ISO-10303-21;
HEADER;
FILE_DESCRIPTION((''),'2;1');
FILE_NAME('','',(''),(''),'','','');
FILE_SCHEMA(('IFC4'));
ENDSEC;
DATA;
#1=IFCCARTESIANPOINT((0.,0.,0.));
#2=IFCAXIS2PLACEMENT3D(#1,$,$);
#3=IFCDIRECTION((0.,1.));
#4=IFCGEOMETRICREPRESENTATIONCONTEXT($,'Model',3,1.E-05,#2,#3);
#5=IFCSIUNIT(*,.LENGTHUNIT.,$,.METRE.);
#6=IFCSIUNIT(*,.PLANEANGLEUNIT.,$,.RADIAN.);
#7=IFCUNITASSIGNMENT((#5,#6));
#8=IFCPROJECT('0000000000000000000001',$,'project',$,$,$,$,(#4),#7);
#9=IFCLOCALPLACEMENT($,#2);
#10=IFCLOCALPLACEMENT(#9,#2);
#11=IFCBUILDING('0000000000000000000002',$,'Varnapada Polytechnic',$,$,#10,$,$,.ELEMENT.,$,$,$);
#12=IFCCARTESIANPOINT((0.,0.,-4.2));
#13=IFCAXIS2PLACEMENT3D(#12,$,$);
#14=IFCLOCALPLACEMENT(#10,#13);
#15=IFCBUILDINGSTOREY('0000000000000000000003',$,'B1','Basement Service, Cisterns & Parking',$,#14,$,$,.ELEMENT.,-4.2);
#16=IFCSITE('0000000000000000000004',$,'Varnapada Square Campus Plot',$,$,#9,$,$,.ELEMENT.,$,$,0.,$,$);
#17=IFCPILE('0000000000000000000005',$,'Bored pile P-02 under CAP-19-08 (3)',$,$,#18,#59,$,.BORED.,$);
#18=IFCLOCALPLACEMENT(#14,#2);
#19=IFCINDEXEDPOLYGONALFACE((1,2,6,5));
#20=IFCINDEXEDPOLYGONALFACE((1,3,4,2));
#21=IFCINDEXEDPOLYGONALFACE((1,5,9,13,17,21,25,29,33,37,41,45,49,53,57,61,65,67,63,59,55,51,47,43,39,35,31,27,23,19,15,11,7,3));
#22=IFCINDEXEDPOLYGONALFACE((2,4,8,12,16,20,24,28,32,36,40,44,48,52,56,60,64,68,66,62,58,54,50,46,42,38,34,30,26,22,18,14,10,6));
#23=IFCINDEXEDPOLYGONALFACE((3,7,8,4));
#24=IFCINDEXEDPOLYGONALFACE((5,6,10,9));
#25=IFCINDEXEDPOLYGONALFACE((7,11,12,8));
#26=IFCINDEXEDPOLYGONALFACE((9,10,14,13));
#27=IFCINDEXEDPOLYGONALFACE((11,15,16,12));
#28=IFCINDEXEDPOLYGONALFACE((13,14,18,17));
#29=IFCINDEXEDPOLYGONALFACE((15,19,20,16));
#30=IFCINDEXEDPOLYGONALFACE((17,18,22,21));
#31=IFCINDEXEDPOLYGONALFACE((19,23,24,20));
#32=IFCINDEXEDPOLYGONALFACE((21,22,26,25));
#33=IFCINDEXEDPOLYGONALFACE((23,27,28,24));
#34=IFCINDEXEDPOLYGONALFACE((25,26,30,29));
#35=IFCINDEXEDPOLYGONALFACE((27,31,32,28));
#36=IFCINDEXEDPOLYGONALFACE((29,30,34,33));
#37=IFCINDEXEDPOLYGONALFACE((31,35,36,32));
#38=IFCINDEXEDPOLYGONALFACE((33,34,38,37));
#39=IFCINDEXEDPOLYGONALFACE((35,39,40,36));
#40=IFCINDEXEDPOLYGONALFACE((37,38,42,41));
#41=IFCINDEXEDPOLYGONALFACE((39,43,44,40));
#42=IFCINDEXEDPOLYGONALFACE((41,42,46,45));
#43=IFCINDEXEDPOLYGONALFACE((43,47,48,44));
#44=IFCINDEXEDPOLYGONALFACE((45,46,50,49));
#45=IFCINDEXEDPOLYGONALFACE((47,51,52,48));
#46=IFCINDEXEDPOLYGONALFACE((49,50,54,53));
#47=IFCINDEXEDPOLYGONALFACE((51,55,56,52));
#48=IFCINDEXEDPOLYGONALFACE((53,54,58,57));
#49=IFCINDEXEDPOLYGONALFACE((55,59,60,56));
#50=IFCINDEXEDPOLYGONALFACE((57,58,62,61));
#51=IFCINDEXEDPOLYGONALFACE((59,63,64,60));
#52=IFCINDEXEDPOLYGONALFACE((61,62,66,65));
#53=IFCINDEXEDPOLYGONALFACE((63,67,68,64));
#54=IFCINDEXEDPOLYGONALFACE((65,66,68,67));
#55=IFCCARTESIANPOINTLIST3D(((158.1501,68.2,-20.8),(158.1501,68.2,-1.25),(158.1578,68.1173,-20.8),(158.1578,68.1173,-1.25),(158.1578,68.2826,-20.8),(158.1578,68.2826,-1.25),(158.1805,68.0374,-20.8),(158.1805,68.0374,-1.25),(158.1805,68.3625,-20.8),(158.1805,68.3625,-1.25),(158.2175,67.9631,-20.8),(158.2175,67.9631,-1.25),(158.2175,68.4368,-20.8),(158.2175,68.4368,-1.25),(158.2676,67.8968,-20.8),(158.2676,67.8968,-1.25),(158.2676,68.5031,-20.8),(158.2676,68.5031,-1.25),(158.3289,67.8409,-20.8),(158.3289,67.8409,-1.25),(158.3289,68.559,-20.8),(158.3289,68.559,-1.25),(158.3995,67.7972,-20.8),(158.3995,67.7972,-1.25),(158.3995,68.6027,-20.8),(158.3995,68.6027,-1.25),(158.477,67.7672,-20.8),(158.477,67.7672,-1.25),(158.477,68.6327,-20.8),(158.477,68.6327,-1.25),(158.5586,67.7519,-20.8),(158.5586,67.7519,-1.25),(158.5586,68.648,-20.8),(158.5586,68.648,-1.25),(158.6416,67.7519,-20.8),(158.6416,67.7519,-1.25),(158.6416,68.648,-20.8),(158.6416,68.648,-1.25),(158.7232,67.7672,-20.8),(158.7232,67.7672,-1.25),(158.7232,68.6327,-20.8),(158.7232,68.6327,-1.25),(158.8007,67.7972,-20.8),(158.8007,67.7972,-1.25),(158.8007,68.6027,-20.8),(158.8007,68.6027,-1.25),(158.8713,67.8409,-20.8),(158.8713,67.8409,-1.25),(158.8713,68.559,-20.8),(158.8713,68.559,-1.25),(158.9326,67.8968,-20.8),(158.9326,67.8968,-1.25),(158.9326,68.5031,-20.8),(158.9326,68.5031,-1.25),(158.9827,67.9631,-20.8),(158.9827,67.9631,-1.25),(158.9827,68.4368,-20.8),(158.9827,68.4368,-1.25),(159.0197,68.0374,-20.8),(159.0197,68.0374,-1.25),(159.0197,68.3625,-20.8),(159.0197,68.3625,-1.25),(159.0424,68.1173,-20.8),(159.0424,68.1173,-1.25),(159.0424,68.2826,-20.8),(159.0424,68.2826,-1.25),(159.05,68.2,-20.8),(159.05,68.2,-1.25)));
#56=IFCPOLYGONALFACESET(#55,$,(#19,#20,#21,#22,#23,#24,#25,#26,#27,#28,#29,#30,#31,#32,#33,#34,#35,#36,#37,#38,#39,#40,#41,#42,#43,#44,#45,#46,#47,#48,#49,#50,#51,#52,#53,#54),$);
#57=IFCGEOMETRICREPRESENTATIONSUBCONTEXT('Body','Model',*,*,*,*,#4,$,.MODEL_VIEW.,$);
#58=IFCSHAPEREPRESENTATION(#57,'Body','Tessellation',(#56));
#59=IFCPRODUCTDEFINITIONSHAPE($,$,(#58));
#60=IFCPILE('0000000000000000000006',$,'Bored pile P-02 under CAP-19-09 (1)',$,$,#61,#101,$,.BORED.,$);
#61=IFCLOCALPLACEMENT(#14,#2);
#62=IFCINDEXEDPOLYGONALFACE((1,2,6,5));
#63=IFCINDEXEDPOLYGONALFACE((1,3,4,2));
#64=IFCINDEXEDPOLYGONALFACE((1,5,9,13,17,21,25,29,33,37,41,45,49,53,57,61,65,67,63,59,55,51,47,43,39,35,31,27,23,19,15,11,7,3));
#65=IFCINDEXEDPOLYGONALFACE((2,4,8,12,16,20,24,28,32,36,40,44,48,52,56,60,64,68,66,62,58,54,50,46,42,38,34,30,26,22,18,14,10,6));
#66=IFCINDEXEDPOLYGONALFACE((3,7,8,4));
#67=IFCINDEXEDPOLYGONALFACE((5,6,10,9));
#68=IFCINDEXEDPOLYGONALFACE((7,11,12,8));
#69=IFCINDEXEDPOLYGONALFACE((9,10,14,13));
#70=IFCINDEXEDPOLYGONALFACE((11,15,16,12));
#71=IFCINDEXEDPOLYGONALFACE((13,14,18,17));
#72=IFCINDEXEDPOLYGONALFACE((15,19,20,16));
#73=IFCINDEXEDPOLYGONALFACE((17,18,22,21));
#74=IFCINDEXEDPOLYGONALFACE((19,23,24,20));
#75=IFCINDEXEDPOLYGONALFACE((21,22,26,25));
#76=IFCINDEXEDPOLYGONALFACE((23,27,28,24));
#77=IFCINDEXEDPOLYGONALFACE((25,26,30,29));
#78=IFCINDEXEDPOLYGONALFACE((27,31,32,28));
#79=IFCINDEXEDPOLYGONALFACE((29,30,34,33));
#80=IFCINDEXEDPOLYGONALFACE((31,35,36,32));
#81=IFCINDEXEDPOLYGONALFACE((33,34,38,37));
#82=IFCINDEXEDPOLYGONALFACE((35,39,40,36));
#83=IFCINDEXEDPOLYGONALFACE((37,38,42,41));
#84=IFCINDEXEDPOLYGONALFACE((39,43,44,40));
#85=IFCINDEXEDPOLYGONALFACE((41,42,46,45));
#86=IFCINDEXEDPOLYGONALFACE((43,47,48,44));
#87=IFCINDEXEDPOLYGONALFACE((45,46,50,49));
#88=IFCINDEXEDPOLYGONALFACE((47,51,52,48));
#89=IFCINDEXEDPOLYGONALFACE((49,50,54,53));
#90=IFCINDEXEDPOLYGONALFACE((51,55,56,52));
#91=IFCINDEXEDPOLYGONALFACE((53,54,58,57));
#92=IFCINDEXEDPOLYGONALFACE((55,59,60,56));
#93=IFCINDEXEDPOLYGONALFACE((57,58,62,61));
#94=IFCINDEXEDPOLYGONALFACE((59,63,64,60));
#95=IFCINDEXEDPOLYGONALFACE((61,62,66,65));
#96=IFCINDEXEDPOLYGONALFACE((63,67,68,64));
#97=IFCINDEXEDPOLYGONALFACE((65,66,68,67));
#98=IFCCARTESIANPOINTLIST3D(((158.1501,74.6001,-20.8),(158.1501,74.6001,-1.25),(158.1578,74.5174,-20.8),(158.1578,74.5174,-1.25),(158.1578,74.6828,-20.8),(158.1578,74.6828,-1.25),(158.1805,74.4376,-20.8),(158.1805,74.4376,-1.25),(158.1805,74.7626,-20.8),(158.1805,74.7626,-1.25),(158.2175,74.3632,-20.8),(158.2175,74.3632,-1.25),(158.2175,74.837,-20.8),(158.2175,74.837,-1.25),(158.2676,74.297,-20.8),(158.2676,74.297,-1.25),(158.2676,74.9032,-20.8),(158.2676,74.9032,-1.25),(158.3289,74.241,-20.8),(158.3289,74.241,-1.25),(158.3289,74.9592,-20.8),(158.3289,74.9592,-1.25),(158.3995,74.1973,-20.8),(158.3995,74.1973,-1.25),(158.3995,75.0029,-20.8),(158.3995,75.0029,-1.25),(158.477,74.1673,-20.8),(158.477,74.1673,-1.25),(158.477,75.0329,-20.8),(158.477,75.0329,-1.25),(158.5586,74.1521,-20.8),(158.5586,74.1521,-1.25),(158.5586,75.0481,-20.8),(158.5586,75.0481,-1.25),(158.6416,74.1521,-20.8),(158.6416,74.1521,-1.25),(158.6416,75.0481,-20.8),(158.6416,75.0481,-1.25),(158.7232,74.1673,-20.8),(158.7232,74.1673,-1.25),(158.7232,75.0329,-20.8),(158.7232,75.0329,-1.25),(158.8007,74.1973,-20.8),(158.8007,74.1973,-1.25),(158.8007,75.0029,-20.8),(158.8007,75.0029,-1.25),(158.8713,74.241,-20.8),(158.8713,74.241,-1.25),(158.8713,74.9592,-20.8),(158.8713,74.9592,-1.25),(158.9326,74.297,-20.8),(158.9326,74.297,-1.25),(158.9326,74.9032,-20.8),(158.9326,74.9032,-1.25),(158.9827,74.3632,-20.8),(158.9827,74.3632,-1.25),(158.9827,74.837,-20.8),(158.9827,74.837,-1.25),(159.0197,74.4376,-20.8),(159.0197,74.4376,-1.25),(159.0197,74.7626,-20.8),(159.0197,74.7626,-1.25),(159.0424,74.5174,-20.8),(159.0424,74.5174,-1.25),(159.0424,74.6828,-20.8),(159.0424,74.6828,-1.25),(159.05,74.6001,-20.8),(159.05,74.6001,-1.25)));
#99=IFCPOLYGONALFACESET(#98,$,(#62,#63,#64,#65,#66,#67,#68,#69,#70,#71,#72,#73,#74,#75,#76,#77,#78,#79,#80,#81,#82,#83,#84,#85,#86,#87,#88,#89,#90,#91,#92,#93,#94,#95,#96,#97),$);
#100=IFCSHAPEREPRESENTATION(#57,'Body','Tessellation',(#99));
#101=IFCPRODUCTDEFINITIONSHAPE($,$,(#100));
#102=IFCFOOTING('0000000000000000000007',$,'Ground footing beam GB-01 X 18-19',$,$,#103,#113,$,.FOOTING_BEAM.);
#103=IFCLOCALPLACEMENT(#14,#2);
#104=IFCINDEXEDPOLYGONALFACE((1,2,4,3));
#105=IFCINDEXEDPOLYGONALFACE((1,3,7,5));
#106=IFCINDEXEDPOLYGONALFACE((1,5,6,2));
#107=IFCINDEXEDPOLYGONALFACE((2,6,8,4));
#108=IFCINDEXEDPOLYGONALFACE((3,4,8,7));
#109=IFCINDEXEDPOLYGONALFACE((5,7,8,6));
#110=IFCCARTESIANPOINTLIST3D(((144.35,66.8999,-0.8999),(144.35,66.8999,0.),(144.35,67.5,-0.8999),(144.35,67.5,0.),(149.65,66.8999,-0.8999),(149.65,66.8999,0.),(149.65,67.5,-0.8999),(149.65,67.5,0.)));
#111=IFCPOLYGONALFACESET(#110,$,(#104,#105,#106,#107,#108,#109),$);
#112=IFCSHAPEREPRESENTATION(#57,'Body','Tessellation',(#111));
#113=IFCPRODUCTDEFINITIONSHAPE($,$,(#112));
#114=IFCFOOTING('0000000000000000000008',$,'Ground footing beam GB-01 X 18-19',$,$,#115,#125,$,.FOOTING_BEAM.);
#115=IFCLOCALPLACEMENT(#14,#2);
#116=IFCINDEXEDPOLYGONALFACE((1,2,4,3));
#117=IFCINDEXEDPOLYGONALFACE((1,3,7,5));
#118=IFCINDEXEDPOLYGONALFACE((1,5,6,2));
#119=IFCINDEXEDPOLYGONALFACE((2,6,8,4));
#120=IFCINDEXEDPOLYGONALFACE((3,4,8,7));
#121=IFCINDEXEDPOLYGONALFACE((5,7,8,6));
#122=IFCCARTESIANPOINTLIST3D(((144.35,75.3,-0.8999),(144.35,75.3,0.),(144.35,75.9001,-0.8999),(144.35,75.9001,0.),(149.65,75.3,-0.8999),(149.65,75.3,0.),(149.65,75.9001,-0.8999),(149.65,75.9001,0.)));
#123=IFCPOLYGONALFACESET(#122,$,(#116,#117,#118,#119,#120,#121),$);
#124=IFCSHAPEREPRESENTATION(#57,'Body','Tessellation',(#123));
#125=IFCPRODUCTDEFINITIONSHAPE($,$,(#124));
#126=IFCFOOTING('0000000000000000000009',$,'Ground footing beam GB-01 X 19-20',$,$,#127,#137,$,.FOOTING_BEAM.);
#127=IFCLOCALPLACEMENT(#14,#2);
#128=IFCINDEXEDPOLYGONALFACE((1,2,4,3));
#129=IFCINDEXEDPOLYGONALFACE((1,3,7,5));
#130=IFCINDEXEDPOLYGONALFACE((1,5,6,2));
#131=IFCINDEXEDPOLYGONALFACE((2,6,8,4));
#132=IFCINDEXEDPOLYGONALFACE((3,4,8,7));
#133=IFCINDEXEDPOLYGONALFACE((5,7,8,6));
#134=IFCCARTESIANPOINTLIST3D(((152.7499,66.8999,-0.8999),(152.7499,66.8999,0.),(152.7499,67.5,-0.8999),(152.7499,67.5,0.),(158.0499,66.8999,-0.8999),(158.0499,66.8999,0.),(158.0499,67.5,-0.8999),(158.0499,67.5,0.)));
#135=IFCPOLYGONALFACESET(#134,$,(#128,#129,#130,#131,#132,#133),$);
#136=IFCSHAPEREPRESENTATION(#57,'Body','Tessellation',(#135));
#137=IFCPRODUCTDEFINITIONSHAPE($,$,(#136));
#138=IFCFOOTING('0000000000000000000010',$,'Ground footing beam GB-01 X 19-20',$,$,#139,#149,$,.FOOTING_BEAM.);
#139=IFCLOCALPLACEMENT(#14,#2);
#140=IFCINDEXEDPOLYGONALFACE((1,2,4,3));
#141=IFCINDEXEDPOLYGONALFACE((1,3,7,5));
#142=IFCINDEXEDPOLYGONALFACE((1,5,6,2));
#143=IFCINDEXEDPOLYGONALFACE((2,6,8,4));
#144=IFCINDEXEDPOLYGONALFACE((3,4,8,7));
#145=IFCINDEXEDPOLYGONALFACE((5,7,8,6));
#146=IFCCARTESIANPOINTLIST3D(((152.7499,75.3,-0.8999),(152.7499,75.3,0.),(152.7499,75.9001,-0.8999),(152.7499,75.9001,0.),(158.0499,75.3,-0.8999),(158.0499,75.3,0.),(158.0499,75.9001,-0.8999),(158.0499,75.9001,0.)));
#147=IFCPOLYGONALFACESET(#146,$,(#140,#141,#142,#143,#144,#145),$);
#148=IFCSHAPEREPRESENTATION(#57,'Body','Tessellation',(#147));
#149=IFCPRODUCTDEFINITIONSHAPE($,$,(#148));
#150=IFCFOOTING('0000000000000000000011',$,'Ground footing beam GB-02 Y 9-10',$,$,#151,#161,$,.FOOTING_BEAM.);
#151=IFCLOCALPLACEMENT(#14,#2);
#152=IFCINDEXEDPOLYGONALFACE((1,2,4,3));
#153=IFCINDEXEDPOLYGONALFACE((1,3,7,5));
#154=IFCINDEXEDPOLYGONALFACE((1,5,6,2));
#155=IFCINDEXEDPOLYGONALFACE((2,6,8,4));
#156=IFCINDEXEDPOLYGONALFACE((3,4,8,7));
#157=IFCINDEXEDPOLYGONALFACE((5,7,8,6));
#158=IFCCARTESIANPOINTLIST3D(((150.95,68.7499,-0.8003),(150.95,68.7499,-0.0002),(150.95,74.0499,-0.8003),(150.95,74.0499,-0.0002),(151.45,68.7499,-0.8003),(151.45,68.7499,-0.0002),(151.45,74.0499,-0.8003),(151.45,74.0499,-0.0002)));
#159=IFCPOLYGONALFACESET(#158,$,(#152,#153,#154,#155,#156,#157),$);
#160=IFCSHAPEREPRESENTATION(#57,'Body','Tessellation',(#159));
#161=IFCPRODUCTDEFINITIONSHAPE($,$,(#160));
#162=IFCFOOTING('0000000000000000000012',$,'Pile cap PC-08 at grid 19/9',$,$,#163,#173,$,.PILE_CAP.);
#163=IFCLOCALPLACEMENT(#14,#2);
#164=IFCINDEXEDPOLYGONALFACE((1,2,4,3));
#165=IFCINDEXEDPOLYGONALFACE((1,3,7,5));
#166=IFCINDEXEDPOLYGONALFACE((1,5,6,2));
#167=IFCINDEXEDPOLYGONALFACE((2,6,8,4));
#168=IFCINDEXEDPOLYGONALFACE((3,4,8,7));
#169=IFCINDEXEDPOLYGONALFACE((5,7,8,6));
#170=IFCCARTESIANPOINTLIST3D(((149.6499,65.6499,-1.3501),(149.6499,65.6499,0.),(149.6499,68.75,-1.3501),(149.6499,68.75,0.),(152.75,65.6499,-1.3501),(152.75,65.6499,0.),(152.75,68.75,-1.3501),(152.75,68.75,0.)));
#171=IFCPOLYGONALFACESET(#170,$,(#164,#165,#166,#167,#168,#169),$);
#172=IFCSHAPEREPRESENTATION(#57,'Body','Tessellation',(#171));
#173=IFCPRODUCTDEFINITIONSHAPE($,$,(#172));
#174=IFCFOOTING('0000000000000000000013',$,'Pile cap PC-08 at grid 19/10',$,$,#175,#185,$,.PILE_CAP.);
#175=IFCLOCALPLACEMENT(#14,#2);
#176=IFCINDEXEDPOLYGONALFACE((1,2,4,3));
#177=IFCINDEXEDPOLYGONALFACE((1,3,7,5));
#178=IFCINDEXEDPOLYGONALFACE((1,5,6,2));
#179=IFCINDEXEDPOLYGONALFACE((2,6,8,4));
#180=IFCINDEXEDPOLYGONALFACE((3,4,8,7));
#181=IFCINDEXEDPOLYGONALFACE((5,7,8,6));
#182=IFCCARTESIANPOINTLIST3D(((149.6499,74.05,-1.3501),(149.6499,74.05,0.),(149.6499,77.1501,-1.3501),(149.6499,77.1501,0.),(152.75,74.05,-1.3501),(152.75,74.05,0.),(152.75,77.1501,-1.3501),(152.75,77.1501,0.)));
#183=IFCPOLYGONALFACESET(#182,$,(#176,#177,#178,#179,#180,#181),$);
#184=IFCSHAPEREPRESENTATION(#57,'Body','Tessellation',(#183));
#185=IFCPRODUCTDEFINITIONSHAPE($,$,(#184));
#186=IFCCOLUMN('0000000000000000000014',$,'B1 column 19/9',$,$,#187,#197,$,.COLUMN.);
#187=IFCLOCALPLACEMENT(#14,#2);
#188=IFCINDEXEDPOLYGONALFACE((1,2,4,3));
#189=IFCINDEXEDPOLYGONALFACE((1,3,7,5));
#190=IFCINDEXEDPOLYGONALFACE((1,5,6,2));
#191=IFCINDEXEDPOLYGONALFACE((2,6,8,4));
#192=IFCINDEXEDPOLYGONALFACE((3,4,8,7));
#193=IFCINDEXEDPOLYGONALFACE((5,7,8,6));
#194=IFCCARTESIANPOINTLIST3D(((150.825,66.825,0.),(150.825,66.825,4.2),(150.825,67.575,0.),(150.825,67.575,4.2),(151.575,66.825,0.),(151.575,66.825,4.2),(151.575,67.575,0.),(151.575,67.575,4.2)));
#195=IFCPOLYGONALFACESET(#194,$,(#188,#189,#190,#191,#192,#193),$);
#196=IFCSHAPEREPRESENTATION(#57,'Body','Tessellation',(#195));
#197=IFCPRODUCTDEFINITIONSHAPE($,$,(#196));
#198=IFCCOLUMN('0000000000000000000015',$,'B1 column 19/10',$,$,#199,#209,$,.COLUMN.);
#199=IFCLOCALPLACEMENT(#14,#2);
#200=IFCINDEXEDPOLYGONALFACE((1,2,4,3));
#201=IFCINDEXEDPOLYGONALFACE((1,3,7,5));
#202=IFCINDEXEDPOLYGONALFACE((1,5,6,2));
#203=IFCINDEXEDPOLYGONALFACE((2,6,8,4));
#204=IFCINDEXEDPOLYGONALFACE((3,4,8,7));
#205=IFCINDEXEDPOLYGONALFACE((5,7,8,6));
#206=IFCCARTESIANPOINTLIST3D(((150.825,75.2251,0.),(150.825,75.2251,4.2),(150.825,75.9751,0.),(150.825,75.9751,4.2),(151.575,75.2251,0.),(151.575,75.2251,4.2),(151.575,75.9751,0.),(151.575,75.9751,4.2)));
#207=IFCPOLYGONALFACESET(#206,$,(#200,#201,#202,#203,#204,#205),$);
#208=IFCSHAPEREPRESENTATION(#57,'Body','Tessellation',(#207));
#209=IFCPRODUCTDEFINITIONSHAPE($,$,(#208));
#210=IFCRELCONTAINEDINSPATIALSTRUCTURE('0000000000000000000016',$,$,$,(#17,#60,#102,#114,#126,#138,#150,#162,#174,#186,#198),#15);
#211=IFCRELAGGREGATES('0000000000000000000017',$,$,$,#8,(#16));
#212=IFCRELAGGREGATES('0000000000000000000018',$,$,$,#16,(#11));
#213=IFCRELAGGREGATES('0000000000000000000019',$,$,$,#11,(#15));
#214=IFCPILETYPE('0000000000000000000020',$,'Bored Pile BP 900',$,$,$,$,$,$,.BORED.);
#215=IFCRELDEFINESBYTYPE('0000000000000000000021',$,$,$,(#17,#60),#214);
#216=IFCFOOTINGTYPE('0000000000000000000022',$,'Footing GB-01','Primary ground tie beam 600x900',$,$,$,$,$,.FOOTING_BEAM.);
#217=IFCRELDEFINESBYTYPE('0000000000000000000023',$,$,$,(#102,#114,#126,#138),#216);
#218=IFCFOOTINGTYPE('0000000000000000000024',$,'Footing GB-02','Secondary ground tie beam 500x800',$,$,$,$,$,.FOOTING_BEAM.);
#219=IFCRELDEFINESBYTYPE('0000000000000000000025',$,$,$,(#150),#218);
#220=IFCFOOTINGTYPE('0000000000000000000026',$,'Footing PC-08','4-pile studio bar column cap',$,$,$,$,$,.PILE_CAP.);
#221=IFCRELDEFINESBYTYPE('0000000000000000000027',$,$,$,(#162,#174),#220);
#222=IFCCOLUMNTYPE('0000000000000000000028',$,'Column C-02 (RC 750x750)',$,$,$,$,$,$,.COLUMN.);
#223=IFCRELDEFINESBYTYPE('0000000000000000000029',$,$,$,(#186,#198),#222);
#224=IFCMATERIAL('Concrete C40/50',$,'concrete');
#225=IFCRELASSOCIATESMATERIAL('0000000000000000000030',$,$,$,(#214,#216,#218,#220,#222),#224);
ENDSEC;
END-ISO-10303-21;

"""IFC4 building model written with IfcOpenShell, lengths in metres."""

from ifc_helpers import new_model, si_unit, direction, frame, origin, origin_2d, place, context, subcontext, project, spatial, rectangle, circle, extrude, material, material_profile, profile_set, type_object, element, save


model = new_model("IFC4")

# Units and contexts
model_context = context("Model", 3, precision=1e-05, world=origin(), true_north=direction((0.0, 1.0)))
body_context = subcontext(model_context, "Body", "Model", "MODEL_VIEW")
ifc_project = project(units=[si_unit("LENGTHUNIT", "METRE"), si_unit("PLANEANGLEUNIT", "RADIAN")], contexts=[model_context])

# Site, building, storey
site_placement = place(None, origin())
site = spatial("IfcSite", under=ifc_project, at=site_placement, Name="Varnapada Square Campus Plot", CompositionType="ELEMENT", RefElevation=0.0)
building_placement = place(site_placement, origin())
building = spatial("IfcBuilding", under=site, at=building_placement, Name="Varnapada Polytechnic", CompositionType="ELEMENT")
storey_placement = place(building_placement, frame((0.0, 0.0, -4.2)))
storey = spatial("IfcBuildingStorey", under=building, at=storey_placement, Name="B1", Description="Basement Service, Cisterns & Parking", CompositionType="ELEMENT", Elevation=-4.2)

# Piles
ifc_material_1 = material(Name="Concrete C40/50", Category="concrete")
ifc_material_profile_1 = material_profile(ifc_material_1, circle(Radius=0.45, at=origin_2d()), Name="BP 900")
ifc_profile_set_1 = profile_set([ifc_material_profile_1], Name="Concrete C40/50")
pile_type = type_object("IfcPileType", Name="Bored Pile BP 900", PredefinedType="BORED", material=ifc_profile_set_1)
for number, where, z_axis, x_axis, name in (
    (1, (158.6001, 68.2, -1.25), (0.0, 0.0, -1.0), (1.0, 0.0, 0.0), "Bored pile P-02 under CAP-19-08 (3)"),
    (2, (158.6001, 74.6001, -1.25), (0.0, 0.0, -1.0), (1.0, 0.0, 0.0), "Bored pile P-02 under CAP-19-09 (1)"),
):
    element("IfcPile", number, at=place(storey_placement, frame(where, z_axis=z_axis, x_axis=x_axis)), inside=storey, type_object=pile_type, Name=name, PredefinedType="BORED", context=body_context, shape_type="SweptSolid", body=[
        extrude(circle(Radius=0.45, at=origin_2d()), origin(), (0.0, 0.0, 1.0), 19.55),
    ])

# Footings
footing_type_1 = type_object("IfcFootingType", Name="Footing GB-01", Description="Primary ground tie beam 600x900", PredefinedType="FOOTING_BEAM", material=ifc_material_1)
for number, where, z_axis, x_axis, name in (
    (3, (147.0, 67.2, -0.8999), (0.0, 0.0, 1.0), (1.0, 0.0, 0.0), "Ground footing beam GB-01 X 18-19"),
    (4, (147.0, 75.6001, -0.8999), (0.0, 0.0, 1.0), (1.0, 0.0, 0.0), "Ground footing beam GB-01 X 18-19"),
    (5, (155.3999, 67.2, -0.8999), (0.0, 0.0, 1.0), (1.0, 0.0, 0.0), "Ground footing beam GB-01 X 19-20"),
    (6, (155.3999, 75.6001, -0.8999), (0.0, 0.0, 1.0), (1.0, 0.0, 0.0), "Ground footing beam GB-01 X 19-20"),
):
    element("IfcFooting", number, at=place(storey_placement, frame(where, z_axis=z_axis, x_axis=x_axis)), inside=storey, type_object=footing_type_1, Name=name, PredefinedType="FOOTING_BEAM", context=body_context, shape_type="SweptSolid", body=[
        extrude(rectangle(XDim=5.3, YDim=0.6001, at=origin_2d()), origin(), (0.0, 0.0, 1.0), 0.8999),
    ])
footing_type_2 = type_object("IfcFootingType", Name="Footing GB-02", Description="Secondary ground tie beam 500x800", PredefinedType="FOOTING_BEAM", material=ifc_material_1)
footing_placement = place(storey_placement, frame((151.2, 71.3999, -0.8003), z_axis=(0.0, 0.0, 1.0), x_axis=(0.0, 1.0, 0.0)))
element("IfcFooting", 7, at=footing_placement, inside=storey, type_object=footing_type_2, Name="Ground footing beam GB-02 Y 9-10", PredefinedType="FOOTING_BEAM", context=body_context, shape_type="SweptSolid", body=[
    extrude(rectangle(XDim=5.3, YDim=0.5, at=origin_2d()), origin(), (0.0, 0.0, 1.0), 0.8),
])
footing_type_3 = type_object("IfcFootingType", Name="Footing PC-08", Description="4-pile studio bar column cap", PredefinedType="PILE_CAP", material=ifc_material_1)
for number, where, z_axis, x_axis, name in (
    (8, (151.2, 67.2, -1.3501), (0.0, 0.0, 1.0), (1.0, 0.0, 0.0), "Pile cap PC-08 at grid 19/9"),
    (9, (151.2, 75.6001, -1.3501), (0.0, 0.0, 1.0), (1.0, 0.0, 0.0), "Pile cap PC-08 at grid 19/10"),
):
    element("IfcFooting", number, at=place(storey_placement, frame(where, z_axis=z_axis, x_axis=x_axis)), inside=storey, type_object=footing_type_3, Name=name, PredefinedType="PILE_CAP", context=body_context, shape_type="SweptSolid", body=[
        extrude(rectangle(XDim=3.1001, YDim=3.1001, at=origin_2d()), origin(), (0.0, 0.0, 1.0), 1.3501),
    ])

# Columns
ifc_material_profile_2 = material_profile(ifc_material_1, rectangle(XDim=0.75, YDim=0.75, at=origin_2d()), Name="RC 750x750")
ifc_profile_set_2 = profile_set([ifc_material_profile_2], Name="Concrete C40/50")
column_type = type_object("IfcColumnType", Name="Column C-02 (RC 750x750)", PredefinedType="COLUMN", material=ifc_profile_set_2)
for number, where, z_axis, x_axis, name in (
    (10, (151.2, 67.2, 0.0), (0.0, 0.0, 1.0), (1.0, 0.0, 0.0), "B1 column 19/9"),
    (11, (151.2, 75.6001, 0.0), (0.0, 0.0, 1.0), (1.0, 0.0, 0.0), "B1 column 19/10"),
):
    element("IfcColumn", number, at=place(storey_placement, frame(where, z_axis=z_axis, x_axis=x_axis)), inside=storey, type_object=column_type, Name=name, PredefinedType="COLUMN", context=body_context, shape_type="SweptSolid", body=[
        extrude(rectangle(XDim=0.75, YDim=0.75, at=origin_2d()), origin(), (0.0, 0.0, 1.0), 4.2),
    ])

save(model, "model.ifc")
